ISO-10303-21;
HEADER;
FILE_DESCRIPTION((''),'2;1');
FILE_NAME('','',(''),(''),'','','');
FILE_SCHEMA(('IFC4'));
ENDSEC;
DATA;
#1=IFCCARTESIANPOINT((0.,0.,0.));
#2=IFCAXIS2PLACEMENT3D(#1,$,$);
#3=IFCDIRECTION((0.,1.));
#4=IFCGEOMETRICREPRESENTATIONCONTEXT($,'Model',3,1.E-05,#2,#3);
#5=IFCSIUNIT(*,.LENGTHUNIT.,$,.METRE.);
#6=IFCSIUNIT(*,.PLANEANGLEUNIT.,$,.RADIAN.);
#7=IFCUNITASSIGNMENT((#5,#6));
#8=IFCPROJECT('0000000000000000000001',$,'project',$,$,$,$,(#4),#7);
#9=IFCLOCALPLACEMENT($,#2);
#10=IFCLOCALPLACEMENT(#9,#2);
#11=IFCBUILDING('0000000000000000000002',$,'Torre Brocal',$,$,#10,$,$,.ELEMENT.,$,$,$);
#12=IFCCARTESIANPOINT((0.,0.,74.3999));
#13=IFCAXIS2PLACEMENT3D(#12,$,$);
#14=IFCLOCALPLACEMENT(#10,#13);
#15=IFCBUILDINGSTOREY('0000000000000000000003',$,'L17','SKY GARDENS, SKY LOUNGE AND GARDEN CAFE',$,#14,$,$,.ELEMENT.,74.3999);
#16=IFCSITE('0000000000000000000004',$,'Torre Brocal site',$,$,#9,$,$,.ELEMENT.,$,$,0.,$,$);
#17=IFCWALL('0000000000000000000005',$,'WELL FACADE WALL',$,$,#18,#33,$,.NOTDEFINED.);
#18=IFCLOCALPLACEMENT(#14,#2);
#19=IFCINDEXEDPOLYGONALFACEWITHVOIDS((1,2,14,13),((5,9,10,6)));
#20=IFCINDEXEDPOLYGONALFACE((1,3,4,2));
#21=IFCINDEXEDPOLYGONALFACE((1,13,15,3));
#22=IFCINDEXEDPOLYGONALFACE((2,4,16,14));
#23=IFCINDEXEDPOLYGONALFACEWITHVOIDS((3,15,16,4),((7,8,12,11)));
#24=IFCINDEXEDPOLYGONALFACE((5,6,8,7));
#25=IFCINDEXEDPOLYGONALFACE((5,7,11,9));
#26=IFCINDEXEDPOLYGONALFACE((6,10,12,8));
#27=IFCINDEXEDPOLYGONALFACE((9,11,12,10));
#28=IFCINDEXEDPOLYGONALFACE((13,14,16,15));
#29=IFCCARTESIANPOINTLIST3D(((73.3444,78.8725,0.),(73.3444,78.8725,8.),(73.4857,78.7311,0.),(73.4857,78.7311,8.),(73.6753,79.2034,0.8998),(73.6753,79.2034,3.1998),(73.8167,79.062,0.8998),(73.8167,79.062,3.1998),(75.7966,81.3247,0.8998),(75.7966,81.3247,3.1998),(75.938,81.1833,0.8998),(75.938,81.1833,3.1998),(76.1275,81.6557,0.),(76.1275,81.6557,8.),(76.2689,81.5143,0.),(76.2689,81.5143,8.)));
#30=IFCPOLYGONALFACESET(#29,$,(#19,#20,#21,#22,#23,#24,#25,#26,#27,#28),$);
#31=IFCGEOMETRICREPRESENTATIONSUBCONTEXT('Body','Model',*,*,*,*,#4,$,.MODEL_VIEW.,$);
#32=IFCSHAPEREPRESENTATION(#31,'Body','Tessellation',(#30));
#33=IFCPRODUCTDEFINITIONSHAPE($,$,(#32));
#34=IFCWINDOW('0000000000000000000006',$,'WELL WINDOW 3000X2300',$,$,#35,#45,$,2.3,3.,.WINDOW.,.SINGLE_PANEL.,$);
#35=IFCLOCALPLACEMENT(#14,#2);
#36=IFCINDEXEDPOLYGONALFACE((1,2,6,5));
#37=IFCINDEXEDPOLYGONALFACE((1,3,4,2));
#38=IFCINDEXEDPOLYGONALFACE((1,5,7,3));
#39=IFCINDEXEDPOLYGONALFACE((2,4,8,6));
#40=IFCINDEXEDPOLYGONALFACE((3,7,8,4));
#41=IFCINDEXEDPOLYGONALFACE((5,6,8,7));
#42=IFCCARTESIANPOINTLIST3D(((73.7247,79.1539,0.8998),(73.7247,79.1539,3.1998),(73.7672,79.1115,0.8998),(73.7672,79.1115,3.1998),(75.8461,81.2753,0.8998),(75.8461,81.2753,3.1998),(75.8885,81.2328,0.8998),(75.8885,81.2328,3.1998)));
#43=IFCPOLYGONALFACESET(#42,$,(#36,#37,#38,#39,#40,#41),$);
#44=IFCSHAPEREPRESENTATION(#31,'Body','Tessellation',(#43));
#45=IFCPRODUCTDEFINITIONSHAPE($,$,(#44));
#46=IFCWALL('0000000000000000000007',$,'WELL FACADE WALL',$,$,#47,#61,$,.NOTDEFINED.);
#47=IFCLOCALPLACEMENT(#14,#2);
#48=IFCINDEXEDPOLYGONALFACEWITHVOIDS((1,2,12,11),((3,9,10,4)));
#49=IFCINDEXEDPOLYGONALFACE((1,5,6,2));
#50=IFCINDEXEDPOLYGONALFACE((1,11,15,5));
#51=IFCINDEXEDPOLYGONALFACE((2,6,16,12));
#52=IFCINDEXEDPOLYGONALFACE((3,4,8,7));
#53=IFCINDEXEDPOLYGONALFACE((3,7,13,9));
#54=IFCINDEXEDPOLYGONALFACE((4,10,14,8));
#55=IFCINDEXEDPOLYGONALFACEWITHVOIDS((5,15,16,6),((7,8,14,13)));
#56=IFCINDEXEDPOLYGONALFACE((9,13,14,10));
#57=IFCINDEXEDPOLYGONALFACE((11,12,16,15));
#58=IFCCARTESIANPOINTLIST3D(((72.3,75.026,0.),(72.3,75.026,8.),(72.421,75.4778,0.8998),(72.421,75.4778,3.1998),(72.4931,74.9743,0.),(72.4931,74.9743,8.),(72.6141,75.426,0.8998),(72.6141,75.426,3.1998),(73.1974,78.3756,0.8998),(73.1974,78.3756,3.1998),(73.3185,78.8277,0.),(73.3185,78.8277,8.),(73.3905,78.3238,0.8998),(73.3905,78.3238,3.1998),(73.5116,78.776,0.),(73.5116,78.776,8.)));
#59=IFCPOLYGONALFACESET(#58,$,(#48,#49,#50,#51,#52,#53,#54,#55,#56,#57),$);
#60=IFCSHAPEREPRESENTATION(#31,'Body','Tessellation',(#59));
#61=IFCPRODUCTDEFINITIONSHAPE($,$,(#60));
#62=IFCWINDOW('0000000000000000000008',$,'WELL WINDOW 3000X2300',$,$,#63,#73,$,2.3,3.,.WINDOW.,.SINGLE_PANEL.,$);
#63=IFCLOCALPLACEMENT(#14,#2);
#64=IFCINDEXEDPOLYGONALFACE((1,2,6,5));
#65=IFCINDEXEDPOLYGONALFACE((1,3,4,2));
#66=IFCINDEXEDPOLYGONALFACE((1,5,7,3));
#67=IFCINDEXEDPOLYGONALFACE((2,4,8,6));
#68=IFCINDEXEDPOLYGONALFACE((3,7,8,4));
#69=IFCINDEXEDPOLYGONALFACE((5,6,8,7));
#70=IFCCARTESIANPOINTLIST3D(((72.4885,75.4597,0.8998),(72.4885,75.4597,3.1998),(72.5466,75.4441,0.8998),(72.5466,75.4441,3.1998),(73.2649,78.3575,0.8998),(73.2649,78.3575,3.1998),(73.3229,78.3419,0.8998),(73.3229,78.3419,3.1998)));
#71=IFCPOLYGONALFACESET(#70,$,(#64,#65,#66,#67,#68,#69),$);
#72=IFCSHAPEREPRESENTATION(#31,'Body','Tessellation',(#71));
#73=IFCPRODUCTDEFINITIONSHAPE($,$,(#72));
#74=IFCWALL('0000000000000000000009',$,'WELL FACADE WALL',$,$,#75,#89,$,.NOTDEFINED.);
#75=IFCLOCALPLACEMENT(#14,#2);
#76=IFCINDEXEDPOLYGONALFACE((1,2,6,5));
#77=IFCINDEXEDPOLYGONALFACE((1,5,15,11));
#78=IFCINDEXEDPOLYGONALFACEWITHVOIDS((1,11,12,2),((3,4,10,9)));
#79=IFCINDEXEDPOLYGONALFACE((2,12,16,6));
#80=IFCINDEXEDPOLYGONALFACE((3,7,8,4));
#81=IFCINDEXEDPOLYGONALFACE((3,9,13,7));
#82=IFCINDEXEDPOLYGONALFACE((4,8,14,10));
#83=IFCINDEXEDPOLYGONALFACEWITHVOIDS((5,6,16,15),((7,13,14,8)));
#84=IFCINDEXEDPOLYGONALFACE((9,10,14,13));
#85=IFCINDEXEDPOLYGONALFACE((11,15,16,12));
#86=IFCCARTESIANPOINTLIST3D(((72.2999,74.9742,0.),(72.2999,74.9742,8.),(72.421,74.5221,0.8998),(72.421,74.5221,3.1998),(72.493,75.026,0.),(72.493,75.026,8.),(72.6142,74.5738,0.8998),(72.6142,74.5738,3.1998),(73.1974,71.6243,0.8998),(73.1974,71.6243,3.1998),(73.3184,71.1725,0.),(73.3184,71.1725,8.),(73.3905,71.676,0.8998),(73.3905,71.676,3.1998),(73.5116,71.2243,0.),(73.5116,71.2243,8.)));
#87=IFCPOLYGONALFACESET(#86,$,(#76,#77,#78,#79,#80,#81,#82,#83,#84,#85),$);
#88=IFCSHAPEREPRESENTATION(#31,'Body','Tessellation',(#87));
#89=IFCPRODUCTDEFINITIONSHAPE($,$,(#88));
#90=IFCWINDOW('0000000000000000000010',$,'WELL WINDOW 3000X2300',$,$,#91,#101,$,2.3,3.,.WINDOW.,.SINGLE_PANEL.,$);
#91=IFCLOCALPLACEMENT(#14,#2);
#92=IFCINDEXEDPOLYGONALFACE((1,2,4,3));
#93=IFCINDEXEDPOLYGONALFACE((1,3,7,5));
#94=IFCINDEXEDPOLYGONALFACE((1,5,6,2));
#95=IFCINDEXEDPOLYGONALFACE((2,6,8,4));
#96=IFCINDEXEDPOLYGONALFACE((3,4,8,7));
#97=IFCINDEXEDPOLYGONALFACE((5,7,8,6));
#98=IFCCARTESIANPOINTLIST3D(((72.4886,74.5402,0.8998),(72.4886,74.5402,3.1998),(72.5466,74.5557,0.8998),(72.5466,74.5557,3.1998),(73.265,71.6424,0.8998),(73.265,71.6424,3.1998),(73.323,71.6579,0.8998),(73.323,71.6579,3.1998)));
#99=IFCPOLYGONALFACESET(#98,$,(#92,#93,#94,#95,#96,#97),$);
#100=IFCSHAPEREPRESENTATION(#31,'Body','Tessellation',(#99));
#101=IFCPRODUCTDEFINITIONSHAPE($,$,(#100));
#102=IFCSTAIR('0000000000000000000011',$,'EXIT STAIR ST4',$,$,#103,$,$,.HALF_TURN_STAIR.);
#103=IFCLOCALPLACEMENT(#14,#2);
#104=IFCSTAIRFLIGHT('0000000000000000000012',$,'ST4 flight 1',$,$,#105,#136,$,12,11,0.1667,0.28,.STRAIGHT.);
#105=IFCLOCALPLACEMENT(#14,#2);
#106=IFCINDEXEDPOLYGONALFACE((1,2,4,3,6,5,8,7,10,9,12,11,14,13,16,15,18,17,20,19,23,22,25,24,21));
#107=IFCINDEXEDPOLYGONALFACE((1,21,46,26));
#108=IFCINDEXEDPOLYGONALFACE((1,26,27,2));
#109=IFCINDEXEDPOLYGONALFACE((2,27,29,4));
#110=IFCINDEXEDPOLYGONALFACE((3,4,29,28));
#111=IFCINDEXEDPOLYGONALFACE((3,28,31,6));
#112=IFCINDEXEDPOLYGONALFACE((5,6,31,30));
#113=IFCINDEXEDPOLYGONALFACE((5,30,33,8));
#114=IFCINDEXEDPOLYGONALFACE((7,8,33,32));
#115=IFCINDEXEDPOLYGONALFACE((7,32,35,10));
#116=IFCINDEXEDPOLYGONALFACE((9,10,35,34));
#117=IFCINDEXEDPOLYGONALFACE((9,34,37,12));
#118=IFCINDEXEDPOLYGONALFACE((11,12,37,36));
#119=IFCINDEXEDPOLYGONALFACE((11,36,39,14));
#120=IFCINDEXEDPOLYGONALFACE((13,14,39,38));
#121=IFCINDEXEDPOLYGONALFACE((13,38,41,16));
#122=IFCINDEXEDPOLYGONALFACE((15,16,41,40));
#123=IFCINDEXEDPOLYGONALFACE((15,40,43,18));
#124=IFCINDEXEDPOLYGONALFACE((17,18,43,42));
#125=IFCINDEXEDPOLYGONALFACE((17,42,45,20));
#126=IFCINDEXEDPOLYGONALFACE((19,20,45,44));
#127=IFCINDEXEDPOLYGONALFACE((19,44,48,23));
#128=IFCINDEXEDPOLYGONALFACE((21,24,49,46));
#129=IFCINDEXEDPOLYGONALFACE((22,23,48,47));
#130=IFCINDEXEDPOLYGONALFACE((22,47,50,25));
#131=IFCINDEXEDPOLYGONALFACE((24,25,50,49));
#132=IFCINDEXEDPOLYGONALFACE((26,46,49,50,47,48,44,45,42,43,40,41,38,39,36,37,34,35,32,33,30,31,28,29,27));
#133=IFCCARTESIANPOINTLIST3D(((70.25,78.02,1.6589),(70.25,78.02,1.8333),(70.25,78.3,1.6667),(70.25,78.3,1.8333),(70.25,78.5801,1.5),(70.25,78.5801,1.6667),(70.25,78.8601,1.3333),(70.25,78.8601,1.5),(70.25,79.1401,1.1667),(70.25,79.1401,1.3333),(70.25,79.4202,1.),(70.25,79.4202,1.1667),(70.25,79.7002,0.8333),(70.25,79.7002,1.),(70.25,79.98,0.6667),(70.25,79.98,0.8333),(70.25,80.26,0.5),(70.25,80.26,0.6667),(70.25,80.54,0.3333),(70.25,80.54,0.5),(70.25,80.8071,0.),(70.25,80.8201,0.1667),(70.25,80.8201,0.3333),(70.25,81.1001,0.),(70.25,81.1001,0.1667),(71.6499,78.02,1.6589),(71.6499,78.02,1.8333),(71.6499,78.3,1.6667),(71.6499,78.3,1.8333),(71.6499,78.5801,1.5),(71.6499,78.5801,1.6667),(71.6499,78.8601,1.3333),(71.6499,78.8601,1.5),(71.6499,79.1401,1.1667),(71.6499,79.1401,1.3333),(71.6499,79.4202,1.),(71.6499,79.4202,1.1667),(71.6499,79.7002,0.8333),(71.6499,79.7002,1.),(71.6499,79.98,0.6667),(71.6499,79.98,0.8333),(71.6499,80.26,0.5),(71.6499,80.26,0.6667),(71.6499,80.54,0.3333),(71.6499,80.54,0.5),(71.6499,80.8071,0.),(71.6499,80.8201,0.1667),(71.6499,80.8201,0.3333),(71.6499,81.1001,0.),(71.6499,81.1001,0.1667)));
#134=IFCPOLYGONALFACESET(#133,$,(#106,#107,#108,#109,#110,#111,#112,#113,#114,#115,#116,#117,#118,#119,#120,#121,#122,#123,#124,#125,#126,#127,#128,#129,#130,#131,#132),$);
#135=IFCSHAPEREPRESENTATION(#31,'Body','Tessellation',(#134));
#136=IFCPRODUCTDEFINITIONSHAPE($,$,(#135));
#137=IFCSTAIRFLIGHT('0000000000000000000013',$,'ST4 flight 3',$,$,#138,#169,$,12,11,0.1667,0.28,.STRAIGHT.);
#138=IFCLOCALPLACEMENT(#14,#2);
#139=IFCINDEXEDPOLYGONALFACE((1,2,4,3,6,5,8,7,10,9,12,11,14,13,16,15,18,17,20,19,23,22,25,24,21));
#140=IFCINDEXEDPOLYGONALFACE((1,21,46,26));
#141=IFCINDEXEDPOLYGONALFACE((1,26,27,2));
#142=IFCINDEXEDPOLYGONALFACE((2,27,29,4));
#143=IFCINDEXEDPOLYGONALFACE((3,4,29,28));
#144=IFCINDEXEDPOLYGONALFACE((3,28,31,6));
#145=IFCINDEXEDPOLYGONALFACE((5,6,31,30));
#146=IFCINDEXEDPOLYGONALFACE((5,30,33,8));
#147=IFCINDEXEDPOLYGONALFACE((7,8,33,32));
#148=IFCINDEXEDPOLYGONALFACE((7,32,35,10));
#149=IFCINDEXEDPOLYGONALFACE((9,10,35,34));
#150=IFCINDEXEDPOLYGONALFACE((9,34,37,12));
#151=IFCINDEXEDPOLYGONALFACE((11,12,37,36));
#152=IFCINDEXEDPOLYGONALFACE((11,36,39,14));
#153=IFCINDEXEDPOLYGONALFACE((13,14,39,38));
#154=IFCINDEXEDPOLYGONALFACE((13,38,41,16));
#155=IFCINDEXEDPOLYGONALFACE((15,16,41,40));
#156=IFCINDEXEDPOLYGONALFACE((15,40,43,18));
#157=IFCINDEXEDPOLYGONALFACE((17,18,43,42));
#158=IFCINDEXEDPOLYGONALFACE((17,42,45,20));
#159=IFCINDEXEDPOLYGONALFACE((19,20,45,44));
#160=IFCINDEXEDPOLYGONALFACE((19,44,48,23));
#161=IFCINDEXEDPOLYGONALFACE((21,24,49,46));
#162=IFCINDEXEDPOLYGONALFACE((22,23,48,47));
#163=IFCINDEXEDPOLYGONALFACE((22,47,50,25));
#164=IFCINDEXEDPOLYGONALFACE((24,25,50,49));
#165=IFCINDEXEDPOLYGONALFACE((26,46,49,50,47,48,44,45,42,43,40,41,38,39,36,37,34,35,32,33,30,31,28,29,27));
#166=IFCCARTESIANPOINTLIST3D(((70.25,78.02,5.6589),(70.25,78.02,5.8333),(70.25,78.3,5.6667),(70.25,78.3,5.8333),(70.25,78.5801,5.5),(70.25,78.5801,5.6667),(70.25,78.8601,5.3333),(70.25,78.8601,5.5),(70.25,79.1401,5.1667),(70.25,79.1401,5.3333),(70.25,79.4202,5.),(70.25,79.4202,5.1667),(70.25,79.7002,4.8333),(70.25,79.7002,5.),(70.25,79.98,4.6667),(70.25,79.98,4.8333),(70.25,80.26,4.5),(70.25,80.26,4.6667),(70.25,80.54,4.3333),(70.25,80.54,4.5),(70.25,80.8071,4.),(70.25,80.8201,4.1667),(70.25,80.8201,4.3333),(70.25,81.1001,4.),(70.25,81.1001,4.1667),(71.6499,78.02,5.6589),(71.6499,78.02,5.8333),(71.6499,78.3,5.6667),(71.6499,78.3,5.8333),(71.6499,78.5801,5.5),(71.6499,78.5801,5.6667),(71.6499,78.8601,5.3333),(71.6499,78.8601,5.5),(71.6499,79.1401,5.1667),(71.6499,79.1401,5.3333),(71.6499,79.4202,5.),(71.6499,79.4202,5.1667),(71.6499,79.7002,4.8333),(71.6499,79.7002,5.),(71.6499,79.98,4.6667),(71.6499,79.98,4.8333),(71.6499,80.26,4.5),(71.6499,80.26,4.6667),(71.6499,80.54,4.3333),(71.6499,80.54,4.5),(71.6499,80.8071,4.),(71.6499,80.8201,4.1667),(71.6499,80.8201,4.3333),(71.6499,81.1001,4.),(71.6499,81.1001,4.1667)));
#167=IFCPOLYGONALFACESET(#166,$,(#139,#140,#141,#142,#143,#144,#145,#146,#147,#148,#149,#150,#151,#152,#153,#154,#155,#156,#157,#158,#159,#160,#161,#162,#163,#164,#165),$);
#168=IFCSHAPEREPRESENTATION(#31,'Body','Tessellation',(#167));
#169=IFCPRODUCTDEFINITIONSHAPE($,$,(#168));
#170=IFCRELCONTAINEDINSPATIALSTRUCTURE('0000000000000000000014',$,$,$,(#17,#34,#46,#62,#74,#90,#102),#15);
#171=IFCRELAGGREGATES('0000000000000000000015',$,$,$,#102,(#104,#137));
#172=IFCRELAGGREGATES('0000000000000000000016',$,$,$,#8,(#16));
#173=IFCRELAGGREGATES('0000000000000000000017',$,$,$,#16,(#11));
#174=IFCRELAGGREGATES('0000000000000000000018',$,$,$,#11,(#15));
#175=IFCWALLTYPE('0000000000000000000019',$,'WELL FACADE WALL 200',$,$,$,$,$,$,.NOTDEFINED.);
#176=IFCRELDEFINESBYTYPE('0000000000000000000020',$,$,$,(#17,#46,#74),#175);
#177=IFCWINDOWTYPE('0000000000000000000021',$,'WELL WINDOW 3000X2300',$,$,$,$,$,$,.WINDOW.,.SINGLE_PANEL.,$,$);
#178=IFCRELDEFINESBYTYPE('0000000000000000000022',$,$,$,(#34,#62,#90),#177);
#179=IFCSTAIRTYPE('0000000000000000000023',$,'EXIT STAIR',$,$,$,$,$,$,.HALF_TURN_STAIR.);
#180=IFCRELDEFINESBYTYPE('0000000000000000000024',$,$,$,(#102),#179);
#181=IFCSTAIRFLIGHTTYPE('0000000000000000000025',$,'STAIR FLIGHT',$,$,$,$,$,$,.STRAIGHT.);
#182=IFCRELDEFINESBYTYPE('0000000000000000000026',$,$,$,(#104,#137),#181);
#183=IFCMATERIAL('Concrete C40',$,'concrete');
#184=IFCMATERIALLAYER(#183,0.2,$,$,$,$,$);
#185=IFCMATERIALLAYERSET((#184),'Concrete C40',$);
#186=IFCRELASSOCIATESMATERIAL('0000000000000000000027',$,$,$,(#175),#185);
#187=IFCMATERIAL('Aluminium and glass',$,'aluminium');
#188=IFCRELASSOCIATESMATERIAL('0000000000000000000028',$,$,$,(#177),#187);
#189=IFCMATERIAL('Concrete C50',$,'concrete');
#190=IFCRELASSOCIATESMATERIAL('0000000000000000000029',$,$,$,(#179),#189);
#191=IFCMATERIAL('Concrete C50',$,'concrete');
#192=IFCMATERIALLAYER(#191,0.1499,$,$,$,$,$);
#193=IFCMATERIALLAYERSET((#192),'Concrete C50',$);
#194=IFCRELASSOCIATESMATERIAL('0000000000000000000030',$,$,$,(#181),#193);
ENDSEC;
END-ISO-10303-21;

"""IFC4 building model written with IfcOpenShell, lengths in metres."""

from ifc_helpers import new_model, si_unit, direction, frame, frame_2d, origin, place, context, subcontext, project, spatial, polyline, rectangle, outline, extrude, material, layer, layer_set, type_object, element, fill, aggregate, save


model = new_model("IFC4")

# Units and contexts
model_context = context("Model", 3, precision=1e-05, world=origin(), true_north=direction((0.0, 1.0)))
body_context = subcontext(model_context, "Body", "Model", "MODEL_VIEW")
ifc_project = project(units=[si_unit("LENGTHUNIT", "METRE"), si_unit("PLANEANGLEUNIT", "RADIAN")], contexts=[model_context])

# Site, building, storey
site_placement = place(None, origin())
site = spatial("IfcSite", under=ifc_project, at=site_placement, Name="Torre Brocal site", CompositionType="ELEMENT", RefElevation=0.0)
building_placement = place(site_placement, origin())
building = spatial("IfcBuilding", under=site, at=building_placement, Name="Torre Brocal", CompositionType="ELEMENT")
storey_placement = place(building_placement, frame((0.0, 0.0, 74.3999)))
storey = spatial("IfcBuildingStorey", under=building, at=storey_placement, Name="L17", Description="SKY GARDENS, SKY LOUNGE AND GARDEN CAFE", CompositionType="ELEMENT", Elevation=74.3999)

# Walls, openings, windows
ifc_material_1 = material(Name="Concrete C40", Category="concrete")
ifc_layer_1 = layer(ifc_material_1, 0.2)
ifc_layer_set_1 = layer_set([ifc_layer_1], Name="Concrete C40")
wall_type_1 = type_object("IfcWallType", Name="WELL FACADE WALL 200", PredefinedType="NOTDEFINED", material=ifc_layer_set_1)
wall_1_placement = place(storey_placement, frame((76.1982, 81.585, 0.0), z_axis=(0.0, 0.0, 1.0), x_axis=(-0.707107, -0.707107, 0.0)))
wall_1 = element("IfcWall", 1, at=wall_1_placement, inside=storey, type_object=wall_type_1, Name="WELL FACADE WALL", PredefinedType="NOTDEFINED", context=body_context, shape_type="SweptSolid", body=[
    extrude(rectangle(XDim=3.936, YDim=0.2, at=frame_2d((1.968, 0.0))), origin(), (0.0, 0.0, 1.0), 8.0),
])
opening_1_placement = place(wall_1_placement, frame((0.468, 0.0, 0.8999)))
opening_1 = element("IfcOpeningElement", 2, at=opening_1_placement, cuts=wall_1, PredefinedType="OPENING", context=body_context, shape_type="SweptSolid", body=[
    extrude(rectangle(XDim=3.0, YDim=2.3, at=frame_2d((1.5, 1.1499))), frame((0.0, 0.1099, 0.0), z_axis=(0.0, -1.0, 0.0), x_axis=(1.0, 0.0, 0.0)), (0.0, 0.0, 1.0), 0.22),
])
ifc_material_2 = material(Name="Aluminium and glass", Category="aluminium")
window_type_1 = type_object("IfcWindowType", Name="WELL WINDOW 3000X2300", PartitioningType="SINGLE_PANEL", PredefinedType="WINDOW", material=ifc_material_2)
window_1_placement = place(opening_1_placement, origin())
window_1 = element("IfcWindow", 3, at=window_1_placement, inside=storey, type_object=window_type_1, Name="WELL WINDOW 3000X2300", OverallHeight=2.3, OverallWidth=3.0, PartitioningType="SINGLE_PANEL", PredefinedType="WINDOW", context=body_context, shape_type="SweptSolid", body=[
    extrude(rectangle(XDim=3.0, YDim=2.3, at=frame_2d((1.5, 1.1499))), frame((0.0, 0.03, 0.0), z_axis=(0.0, -1.0, 0.0), x_axis=(1.0, 0.0, 0.0)), (0.0, 0.0, 1.0), 0.0601),
])
fill(opening_1, window_1)
wall_2_placement = place(storey_placement, frame((73.415, 78.8018, 0.0), z_axis=(0.0, 0.0, 1.0), x_axis=(-0.25879, -0.965934, 0.0)))
wall_2 = element("IfcWall", 4, at=wall_2_placement, inside=storey, type_object=wall_type_1, Name="WELL FACADE WALL", PredefinedType="NOTDEFINED", context=body_context, shape_type="SweptSolid", body=[
    extrude(rectangle(XDim=3.9358, YDim=0.2, at=frame_2d((1.9678, 0.0))), origin(), (0.0, 0.0, 1.0), 8.0),
])
opening_2_placement = place(wall_2_placement, frame((0.468, 0.0, 0.8999)))
opening_2 = element("IfcOpeningElement", 5, at=opening_2_placement, cuts=wall_2, PredefinedType="OPENING", context=body_context, shape_type="SweptSolid", body=[
    extrude(rectangle(XDim=3.0, YDim=2.3, at=frame_2d((1.5, 1.1499))), frame((0.0, 0.1099, 0.0), z_axis=(0.0, -1.0, 0.0), x_axis=(1.0, 0.0, 0.0)), (0.0, 0.0, 1.0), 0.22),
])
window_2_placement = place(opening_2_placement, origin())
window_2 = element("IfcWindow", 6, at=window_2_placement, inside=storey, type_object=window_type_1, Name="WELL WINDOW 3000X2300", OverallHeight=2.3, OverallWidth=3.0, PartitioningType="SINGLE_PANEL", PredefinedType="WINDOW", context=body_context, shape_type="SweptSolid", body=[
    extrude(rectangle(XDim=3.0, YDim=2.3, at=frame_2d((1.5, 1.1499))), frame((0.0, 0.03, 0.0), z_axis=(0.0, -1.0, 0.0), x_axis=(1.0, 0.0, 0.0)), (0.0, 0.0, 1.0), 0.0601),
])
fill(opening_2, window_2)
wall_3_placement = place(storey_placement, frame((72.3965, 75.0, 0.0), z_axis=(0.0, 0.0, 1.0), x_axis=(0.25879, -0.965934, 0.0)))
wall_3 = element("IfcWall", 7, at=wall_3_placement, inside=storey, type_object=wall_type_1, Name="WELL FACADE WALL", PredefinedType="NOTDEFINED", context=body_context, shape_type="SweptSolid", body=[
    extrude(rectangle(XDim=3.9358, YDim=0.2, at=frame_2d((1.9678, 0.0))), origin(), (0.0, 0.0, 1.0), 8.0),
])
opening_3_placement = place(wall_3_placement, frame((0.468, 0.0, 0.8999)))
opening_3 = element("IfcOpeningElement", 8, at=opening_3_placement, cuts=wall_3, PredefinedType="OPENING", context=body_context, shape_type="SweptSolid", body=[
    extrude(rectangle(XDim=3.0, YDim=2.3, at=frame_2d((1.5, 1.1499))), frame((0.0, 0.1099, 0.0), z_axis=(0.0, -1.0, 0.0), x_axis=(1.0, 0.0, 0.0)), (0.0, 0.0, 1.0), 0.22),
])
window_3_placement = place(opening_3_placement, origin())
window_3 = element("IfcWindow", 9, at=window_3_placement, inside=storey, type_object=window_type_1, Name="WELL WINDOW 3000X2300", OverallHeight=2.3, OverallWidth=3.0, PartitioningType="SINGLE_PANEL", PredefinedType="WINDOW", context=body_context, shape_type="SweptSolid", body=[
    extrude(rectangle(XDim=3.0, YDim=2.3, at=frame_2d((1.5, 1.1499))), frame((0.0, 0.03, 0.0), z_axis=(0.0, -1.0, 0.0), x_axis=(1.0, 0.0, 0.0)), (0.0, 0.0, 1.0), 0.0601),
])
fill(opening_3, window_3)

# Stair, stair flights
ifc_material_3 = material(Name="Concrete C50", Category="concrete")
stair_type = type_object("IfcStairType", Name="EXIT STAIR", PredefinedType="HALF_TURN_STAIR", material=ifc_material_3)
stair_placement = place(storey_placement, origin())
stair = element("IfcStair", 10, at=stair_placement, inside=storey, type_object=stair_type, Name="EXIT STAIR ST4", PredefinedType="HALF_TURN_STAIR")
ifc_material_4 = material(Name="Concrete C50", Category="concrete")
ifc_layer_2 = layer(ifc_material_4, 0.1499)
ifc_layer_set_2 = layer_set([ifc_layer_2], Name="Concrete C50")
stair_flight_type = type_object("IfcStairFlightType", Name="STAIR FLIGHT", PredefinedType="STRAIGHT", material=ifc_layer_set_2)
stair_flight_1_placement = place(storey_placement, frame((70.95, 81.1001, 0.0), z_axis=(0.0, 0.0, 1.0), x_axis=(0.0, -1.0, 0.0)))
stair_flight_1 = element("IfcStairFlight", 11, at=stair_flight_1_placement, type_object=stair_flight_type, Name="ST4 flight 1", NumberOfRisers=12, NumberOfTreads=11, PredefinedType="STRAIGHT", RiserHeight=0.1667, TreadLength=0.28, context=body_context, shape_type="SweptSolid", body=[
    extrude(outline(polyline([(0.0, 0.0), (0.0, 0.1667), (0.28, 0.1667), (0.28, 0.3333), (0.5601, 0.3333), (0.5601, 0.5), (0.8401, 0.5), (0.8401, 0.6667), (1.1201, 0.6667), (1.1201, 0.8333), (1.3999, 0.8333), (1.3999, 1.0), (1.6799, 1.0), (1.6799, 1.1667), (1.96, 1.1667), (1.96, 1.3333), (2.24, 1.3333), (2.24, 1.5), (2.52, 1.5), (2.52, 1.6667), (2.8, 1.6667), (2.8, 1.8333), (3.0801, 1.8333), (3.0801, 2.0), (3.0801, 1.6589), (0.293, 0.0), (0.0, 0.0)])), frame((0.0, 0.7, 0.0), z_axis=(0.0, -1.0, 0.0), x_axis=(1.0, 0.0, 0.0)), (0.0, 0.0, 1.0), 1.3999),
])
stair_flight_2_placement = place(storey_placement, frame((70.95, 81.1001, 4.0), z_axis=(0.0, 0.0, 1.0), x_axis=(0.0, -1.0, 0.0)))
stair_flight_2 = element("IfcStairFlight", 12, at=stair_flight_2_placement, type_object=stair_flight_type, Name="ST4 flight 3", NumberOfRisers=12, NumberOfTreads=11, PredefinedType="STRAIGHT", RiserHeight=0.1667, TreadLength=0.28, context=body_context, shape_type="SweptSolid", body=[
    extrude(outline(polyline([(0.0, 0.0), (0.0, 0.1667), (0.28, 0.1667), (0.28, 0.3333), (0.5601, 0.3333), (0.5601, 0.5), (0.8401, 0.5), (0.8401, 0.6667), (1.1201, 0.6667), (1.1201, 0.8333), (1.3999, 0.8333), (1.3999, 1.0), (1.6799, 1.0), (1.6799, 1.1667), (1.96, 1.1667), (1.96, 1.3333), (2.24, 1.3333), (2.24, 1.5), (2.52, 1.5), (2.52, 1.6667), (2.8, 1.6667), (2.8, 1.8333), (3.0801, 1.8333), (3.0801, 2.0), (3.0801, 1.6589), (0.293, 0.0), (0.0, 0.0)])), frame((0.0, 0.7, 0.0), z_axis=(0.0, -1.0, 0.0), x_axis=(1.0, 0.0, 0.0)), (0.0, 0.0, 1.0), 1.3999),
])
aggregate(stair, [stair_flight_1, stair_flight_2])

save(model, "model.ifc")
